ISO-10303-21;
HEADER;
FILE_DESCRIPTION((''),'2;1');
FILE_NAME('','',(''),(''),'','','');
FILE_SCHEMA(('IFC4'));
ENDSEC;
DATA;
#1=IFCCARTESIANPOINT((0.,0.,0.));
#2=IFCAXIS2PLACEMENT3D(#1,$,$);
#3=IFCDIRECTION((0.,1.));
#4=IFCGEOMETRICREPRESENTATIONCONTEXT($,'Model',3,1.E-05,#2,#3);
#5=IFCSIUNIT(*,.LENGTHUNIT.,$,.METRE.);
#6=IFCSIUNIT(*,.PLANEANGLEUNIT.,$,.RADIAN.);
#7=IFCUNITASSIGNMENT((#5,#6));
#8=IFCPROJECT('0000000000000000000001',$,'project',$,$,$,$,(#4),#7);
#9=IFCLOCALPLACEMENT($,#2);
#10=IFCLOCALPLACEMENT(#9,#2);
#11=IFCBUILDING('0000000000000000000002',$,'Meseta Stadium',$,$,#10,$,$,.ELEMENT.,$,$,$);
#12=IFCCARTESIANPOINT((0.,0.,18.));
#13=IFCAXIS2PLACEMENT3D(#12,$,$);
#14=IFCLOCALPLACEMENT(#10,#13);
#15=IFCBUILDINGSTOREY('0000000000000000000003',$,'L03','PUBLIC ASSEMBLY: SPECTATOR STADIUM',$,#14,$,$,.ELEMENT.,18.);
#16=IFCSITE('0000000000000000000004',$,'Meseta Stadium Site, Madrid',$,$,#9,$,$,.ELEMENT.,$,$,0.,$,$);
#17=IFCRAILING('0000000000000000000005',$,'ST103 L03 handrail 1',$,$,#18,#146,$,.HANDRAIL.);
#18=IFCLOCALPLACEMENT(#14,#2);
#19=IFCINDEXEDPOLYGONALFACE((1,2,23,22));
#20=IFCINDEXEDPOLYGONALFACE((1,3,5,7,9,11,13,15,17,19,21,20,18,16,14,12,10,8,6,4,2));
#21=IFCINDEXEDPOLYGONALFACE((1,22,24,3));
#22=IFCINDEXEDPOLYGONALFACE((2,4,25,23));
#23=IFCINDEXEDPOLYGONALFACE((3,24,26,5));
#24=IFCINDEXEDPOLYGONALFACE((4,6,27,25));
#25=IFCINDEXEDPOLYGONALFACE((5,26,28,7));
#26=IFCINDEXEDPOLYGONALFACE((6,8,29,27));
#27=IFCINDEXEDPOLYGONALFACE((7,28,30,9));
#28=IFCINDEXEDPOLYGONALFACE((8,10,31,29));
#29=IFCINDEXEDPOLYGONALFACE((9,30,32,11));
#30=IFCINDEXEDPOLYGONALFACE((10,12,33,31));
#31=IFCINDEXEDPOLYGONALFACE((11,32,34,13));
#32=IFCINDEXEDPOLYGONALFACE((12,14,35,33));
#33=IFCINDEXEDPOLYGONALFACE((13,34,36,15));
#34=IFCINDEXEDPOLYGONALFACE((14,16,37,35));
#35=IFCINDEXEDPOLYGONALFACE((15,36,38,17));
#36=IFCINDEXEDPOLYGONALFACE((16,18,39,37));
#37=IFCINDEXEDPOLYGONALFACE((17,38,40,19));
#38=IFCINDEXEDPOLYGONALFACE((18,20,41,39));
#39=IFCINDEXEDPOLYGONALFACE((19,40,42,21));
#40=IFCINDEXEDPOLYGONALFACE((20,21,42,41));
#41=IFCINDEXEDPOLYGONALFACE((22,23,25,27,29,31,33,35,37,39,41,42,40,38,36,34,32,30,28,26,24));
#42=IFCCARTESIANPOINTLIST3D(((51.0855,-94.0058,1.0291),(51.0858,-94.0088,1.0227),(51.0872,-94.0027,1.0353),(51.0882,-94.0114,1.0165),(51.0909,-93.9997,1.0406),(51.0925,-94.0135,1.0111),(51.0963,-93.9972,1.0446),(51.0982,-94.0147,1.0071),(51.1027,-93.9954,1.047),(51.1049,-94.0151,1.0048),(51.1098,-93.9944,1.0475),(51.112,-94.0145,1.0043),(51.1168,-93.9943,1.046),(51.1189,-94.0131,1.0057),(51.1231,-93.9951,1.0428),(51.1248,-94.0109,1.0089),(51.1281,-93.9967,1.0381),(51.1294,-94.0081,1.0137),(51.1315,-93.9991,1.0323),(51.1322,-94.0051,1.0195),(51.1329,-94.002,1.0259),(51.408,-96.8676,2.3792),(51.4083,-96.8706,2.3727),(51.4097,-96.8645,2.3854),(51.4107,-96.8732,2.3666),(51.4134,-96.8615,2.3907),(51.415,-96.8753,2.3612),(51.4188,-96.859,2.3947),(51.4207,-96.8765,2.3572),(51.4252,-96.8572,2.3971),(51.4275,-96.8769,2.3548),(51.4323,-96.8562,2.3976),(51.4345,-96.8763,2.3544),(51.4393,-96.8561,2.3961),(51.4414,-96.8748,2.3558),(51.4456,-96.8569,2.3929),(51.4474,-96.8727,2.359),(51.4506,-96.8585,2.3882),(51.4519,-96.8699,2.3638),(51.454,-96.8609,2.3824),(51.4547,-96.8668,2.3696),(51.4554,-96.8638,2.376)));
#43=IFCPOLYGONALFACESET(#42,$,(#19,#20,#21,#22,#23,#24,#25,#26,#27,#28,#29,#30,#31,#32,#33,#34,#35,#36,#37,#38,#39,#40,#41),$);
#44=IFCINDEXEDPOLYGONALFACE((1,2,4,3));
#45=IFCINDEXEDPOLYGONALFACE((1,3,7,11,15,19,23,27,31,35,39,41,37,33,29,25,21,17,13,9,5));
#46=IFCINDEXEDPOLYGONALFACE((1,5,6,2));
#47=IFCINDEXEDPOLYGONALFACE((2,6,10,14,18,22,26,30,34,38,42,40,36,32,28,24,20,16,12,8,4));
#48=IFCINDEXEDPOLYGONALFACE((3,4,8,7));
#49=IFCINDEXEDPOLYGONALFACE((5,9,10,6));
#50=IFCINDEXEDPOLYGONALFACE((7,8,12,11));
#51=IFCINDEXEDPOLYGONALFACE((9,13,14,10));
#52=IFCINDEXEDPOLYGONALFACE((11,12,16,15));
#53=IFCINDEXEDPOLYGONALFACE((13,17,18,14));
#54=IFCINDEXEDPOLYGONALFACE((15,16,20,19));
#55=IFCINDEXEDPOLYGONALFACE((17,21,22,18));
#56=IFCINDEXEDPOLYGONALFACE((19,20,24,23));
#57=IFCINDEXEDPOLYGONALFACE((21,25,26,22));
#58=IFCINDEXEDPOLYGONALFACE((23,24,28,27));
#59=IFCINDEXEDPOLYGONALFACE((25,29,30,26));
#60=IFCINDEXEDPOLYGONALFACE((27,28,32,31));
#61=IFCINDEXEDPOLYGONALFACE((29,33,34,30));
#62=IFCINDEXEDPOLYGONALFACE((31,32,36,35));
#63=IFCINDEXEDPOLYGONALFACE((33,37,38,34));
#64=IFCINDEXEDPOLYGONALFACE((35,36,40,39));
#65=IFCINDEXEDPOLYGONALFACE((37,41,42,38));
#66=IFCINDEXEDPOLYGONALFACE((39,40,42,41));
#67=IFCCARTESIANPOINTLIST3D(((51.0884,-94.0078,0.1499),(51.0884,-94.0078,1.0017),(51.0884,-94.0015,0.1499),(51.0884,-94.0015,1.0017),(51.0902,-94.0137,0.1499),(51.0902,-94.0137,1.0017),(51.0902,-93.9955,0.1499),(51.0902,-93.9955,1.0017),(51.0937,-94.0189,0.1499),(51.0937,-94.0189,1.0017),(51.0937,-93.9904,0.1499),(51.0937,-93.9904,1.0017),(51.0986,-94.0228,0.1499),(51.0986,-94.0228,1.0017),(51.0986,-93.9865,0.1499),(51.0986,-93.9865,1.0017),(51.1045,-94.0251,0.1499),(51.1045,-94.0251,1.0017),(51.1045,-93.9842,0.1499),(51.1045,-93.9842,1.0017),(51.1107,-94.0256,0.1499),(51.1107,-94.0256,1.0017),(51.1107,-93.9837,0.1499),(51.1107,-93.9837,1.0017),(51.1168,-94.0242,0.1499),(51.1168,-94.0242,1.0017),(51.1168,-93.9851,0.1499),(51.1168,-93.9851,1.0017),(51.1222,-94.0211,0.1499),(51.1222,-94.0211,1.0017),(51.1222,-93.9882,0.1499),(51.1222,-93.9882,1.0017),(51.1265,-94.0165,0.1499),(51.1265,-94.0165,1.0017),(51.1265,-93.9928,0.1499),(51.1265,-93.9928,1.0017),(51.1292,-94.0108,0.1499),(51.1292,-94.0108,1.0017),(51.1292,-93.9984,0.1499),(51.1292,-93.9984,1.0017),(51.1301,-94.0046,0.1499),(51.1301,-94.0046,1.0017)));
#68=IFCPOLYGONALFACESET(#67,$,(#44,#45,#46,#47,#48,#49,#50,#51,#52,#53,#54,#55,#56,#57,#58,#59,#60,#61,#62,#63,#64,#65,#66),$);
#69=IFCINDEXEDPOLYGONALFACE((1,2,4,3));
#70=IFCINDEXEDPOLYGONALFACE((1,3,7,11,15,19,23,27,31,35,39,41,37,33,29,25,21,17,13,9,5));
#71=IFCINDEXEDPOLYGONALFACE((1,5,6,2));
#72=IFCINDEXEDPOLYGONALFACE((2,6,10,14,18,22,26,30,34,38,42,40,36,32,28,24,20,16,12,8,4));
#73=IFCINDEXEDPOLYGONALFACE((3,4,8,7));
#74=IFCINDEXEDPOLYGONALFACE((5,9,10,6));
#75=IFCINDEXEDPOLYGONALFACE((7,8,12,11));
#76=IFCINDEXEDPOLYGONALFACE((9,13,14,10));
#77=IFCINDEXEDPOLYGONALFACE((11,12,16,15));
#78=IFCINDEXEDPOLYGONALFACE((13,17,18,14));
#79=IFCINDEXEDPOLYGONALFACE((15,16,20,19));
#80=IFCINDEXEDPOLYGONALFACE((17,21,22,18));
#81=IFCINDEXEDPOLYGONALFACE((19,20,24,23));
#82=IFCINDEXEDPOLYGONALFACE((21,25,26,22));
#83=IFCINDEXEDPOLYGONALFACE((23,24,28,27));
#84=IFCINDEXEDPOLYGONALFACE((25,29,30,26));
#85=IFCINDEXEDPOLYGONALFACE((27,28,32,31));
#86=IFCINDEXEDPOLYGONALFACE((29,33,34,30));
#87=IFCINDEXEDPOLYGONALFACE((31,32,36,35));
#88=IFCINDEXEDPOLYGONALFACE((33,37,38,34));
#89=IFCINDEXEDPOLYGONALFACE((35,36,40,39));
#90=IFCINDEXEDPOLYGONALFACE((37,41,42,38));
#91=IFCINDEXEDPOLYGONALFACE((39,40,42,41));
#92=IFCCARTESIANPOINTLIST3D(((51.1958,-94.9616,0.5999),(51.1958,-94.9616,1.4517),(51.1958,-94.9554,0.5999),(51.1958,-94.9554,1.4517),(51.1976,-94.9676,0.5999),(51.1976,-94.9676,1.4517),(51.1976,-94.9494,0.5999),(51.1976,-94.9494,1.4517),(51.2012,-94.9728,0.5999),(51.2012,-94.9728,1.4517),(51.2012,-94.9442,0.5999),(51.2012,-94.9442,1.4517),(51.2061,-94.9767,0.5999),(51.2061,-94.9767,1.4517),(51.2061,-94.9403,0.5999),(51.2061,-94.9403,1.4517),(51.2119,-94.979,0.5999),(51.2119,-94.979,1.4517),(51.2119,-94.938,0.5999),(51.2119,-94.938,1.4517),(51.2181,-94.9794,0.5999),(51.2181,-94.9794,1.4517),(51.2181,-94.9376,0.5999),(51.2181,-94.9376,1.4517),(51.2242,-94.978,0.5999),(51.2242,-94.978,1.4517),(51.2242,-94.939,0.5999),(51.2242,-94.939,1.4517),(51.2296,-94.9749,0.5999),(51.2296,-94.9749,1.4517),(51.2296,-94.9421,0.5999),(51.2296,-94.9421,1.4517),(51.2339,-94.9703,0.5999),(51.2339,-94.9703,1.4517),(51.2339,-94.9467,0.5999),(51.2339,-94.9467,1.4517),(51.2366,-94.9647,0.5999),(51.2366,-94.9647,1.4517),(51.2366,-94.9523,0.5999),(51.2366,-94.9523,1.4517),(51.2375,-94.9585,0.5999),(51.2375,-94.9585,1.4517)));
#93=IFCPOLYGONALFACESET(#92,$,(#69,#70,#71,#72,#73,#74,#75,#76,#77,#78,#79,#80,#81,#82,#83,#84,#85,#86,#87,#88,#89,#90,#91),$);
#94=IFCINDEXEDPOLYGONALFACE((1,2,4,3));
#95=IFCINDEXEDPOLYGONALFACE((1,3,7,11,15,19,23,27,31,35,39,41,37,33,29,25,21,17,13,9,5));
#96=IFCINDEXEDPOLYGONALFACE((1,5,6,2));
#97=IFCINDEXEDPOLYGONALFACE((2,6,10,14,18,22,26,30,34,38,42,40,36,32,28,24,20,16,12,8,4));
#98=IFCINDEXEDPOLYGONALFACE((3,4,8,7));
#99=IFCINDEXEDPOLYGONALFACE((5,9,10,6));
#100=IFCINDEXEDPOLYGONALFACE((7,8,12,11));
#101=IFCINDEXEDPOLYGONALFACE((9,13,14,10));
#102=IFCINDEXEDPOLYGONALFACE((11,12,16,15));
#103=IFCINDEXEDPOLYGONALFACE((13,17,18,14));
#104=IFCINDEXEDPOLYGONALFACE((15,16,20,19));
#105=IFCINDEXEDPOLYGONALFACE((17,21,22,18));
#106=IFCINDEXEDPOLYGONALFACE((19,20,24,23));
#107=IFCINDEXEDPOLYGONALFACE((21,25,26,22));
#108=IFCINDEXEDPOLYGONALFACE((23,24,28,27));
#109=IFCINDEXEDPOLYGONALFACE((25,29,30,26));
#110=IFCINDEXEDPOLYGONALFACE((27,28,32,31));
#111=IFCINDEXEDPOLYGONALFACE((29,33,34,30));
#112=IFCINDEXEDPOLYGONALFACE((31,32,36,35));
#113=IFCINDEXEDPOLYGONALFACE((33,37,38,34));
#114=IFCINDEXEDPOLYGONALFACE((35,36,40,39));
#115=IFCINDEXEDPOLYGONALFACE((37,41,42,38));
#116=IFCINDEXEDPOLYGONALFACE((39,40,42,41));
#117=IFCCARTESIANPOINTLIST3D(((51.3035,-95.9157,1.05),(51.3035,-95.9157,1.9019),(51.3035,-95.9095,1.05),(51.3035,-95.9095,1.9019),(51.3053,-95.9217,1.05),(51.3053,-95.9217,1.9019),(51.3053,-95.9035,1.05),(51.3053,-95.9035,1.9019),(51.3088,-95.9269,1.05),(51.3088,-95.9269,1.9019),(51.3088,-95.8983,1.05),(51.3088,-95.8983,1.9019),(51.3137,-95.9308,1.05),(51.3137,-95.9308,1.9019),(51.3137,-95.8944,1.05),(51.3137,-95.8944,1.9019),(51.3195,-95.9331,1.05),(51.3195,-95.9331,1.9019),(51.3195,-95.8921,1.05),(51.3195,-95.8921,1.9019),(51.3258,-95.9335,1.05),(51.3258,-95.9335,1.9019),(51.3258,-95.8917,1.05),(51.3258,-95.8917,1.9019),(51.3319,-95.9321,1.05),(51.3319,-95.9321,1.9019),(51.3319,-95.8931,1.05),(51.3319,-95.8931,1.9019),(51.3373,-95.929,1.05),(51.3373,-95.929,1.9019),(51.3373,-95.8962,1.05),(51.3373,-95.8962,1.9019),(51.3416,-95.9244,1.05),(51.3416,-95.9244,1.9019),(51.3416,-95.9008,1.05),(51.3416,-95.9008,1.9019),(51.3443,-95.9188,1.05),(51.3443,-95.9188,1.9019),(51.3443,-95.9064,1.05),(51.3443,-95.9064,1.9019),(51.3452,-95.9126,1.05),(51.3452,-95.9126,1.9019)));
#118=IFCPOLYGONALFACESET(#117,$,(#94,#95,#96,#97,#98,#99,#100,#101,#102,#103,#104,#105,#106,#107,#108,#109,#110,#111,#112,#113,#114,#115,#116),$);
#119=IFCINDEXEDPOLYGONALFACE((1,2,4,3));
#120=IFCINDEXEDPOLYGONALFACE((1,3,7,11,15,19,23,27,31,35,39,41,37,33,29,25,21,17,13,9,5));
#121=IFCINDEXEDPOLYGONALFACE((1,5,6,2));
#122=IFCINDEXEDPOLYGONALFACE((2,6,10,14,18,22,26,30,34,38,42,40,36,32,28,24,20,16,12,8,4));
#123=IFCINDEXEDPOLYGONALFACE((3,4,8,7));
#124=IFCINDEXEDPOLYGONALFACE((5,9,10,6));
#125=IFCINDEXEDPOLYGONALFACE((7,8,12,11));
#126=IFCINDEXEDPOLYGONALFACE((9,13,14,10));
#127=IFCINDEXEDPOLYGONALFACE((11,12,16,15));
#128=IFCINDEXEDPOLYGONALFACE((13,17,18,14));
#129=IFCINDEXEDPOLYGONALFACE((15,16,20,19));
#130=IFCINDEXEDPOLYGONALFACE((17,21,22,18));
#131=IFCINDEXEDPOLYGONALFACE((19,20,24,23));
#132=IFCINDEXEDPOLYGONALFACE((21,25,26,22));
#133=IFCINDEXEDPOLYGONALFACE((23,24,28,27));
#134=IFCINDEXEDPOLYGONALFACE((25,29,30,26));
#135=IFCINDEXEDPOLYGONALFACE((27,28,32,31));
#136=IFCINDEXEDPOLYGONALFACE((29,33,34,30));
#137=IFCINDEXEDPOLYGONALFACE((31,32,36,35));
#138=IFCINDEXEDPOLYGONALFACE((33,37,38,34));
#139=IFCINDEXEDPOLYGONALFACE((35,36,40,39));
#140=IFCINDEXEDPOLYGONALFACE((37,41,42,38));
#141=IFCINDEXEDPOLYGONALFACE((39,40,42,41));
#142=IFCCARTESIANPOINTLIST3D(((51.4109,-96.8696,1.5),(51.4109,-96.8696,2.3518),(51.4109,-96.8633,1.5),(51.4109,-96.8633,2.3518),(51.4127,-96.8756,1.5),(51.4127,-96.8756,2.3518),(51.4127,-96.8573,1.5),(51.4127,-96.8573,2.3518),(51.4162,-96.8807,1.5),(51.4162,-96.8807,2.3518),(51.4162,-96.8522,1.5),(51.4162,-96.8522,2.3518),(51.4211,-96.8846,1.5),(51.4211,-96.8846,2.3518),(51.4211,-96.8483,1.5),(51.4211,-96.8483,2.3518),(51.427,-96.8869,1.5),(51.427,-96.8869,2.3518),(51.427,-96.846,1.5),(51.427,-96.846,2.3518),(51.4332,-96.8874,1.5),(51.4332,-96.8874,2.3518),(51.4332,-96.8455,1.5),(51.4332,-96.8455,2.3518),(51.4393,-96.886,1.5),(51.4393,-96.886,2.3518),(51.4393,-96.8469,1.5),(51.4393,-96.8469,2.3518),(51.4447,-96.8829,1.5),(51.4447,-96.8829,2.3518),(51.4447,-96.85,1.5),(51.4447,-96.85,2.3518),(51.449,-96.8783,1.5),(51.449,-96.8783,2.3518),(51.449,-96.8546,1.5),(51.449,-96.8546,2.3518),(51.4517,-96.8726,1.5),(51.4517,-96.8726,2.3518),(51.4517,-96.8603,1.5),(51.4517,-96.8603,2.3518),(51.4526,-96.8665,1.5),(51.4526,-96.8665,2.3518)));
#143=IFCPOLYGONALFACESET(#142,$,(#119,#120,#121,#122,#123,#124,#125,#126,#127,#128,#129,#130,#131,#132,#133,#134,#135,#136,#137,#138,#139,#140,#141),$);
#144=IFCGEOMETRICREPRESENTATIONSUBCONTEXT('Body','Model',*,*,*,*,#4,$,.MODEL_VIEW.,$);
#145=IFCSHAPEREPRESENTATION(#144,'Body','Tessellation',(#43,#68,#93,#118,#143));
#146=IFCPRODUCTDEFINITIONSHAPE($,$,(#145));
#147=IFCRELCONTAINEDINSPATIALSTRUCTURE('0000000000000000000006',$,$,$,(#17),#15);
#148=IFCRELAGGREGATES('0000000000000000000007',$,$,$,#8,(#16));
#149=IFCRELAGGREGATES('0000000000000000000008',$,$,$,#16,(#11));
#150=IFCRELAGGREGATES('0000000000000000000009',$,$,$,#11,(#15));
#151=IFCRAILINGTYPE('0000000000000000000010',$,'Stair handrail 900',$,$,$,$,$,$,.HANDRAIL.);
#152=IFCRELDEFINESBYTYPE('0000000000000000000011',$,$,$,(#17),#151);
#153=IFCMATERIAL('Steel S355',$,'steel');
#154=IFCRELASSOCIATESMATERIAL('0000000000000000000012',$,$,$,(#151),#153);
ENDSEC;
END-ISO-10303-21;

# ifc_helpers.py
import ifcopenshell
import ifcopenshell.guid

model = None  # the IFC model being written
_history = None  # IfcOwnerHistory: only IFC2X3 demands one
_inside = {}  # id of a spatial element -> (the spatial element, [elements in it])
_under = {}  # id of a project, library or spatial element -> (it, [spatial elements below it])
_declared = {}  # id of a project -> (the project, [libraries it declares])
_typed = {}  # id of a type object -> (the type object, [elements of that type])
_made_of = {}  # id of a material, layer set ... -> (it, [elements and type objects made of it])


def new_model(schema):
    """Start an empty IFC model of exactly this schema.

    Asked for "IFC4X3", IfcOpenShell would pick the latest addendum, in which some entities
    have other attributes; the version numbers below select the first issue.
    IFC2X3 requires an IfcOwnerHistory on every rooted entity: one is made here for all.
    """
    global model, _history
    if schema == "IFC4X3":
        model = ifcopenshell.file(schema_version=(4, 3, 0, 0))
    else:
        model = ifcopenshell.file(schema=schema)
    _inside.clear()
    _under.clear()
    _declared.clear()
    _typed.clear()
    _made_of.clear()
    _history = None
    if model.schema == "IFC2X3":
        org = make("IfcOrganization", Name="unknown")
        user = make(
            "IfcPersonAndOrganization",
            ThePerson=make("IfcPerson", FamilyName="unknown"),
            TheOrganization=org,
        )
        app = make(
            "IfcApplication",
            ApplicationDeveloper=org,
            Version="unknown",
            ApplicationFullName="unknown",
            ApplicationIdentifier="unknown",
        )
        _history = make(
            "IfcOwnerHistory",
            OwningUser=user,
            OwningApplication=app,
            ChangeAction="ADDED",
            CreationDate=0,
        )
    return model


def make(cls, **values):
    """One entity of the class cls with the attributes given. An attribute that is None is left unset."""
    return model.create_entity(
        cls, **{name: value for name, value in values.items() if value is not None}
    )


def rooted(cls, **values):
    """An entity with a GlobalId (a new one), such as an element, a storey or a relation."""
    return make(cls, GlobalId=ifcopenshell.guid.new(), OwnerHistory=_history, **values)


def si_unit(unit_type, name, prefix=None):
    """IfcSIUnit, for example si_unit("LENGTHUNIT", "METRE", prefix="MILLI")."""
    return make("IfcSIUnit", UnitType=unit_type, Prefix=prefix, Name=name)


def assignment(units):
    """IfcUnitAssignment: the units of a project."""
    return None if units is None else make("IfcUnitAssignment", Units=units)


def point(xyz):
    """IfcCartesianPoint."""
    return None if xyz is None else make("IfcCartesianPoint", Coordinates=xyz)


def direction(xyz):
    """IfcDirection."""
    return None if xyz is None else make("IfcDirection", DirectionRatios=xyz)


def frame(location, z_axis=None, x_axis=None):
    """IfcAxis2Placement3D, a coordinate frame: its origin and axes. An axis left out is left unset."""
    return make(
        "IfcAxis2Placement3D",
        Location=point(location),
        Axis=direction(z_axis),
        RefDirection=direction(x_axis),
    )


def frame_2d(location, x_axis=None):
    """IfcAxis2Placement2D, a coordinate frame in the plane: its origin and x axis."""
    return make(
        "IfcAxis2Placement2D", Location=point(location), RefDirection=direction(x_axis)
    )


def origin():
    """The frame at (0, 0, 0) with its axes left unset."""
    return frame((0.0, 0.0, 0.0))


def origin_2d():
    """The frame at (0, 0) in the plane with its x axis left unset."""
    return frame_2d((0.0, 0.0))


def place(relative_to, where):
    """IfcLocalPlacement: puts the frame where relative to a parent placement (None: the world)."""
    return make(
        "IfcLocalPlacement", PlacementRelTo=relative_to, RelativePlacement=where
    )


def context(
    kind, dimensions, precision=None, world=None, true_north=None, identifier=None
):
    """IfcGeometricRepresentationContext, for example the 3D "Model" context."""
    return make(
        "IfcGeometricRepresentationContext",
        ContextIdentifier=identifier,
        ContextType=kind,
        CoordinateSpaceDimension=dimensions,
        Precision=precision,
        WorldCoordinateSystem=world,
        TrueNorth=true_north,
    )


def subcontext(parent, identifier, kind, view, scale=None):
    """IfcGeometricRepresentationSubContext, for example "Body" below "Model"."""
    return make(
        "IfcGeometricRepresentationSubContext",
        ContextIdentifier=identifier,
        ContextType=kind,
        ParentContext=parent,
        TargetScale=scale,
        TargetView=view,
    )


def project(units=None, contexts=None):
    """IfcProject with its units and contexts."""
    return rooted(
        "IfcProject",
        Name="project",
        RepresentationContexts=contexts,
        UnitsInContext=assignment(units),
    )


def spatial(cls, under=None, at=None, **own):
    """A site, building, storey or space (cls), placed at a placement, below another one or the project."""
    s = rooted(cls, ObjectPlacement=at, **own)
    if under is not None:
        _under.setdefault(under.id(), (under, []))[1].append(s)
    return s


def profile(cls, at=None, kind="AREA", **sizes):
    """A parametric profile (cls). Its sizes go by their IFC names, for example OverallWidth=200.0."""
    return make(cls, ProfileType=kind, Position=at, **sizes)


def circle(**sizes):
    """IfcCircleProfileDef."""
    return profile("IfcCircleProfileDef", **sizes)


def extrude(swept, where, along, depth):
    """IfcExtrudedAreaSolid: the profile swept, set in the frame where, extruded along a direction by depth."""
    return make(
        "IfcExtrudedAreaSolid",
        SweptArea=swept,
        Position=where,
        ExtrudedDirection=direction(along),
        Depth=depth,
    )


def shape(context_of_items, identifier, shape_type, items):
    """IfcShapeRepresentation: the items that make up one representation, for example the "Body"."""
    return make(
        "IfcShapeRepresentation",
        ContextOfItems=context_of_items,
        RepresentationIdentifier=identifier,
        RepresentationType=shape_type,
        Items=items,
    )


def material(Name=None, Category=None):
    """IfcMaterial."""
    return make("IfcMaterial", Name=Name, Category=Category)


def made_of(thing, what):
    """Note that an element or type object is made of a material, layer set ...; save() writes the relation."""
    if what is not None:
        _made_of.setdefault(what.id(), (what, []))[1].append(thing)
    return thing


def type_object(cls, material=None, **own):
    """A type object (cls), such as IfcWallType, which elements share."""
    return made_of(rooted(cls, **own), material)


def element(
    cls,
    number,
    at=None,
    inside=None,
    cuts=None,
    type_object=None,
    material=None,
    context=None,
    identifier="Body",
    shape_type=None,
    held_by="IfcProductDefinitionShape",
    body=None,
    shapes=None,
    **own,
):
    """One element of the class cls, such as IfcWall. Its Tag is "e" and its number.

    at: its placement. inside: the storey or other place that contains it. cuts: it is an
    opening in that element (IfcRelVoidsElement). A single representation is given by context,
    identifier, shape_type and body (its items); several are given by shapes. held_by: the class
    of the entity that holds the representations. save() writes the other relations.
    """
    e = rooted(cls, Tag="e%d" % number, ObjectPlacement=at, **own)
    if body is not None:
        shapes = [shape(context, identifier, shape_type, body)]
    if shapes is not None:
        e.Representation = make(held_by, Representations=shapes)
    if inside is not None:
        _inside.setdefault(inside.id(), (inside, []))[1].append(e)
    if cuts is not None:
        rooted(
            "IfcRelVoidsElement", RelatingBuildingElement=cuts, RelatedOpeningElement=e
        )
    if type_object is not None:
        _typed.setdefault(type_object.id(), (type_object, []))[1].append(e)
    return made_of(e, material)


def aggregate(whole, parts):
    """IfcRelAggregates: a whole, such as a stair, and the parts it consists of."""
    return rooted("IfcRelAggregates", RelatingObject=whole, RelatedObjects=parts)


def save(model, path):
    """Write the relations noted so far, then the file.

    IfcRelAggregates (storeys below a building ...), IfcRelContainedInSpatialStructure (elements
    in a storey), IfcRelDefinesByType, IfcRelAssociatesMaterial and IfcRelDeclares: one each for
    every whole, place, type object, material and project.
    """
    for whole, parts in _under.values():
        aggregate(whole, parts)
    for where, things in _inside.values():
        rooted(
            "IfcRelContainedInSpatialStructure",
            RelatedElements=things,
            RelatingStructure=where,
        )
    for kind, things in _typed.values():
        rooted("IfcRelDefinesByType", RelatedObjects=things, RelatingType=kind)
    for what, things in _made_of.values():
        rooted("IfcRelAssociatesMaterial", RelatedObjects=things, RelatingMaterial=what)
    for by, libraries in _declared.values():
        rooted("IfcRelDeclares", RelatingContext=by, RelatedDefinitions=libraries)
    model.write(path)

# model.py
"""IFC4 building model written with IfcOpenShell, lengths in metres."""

from ifc_helpers import new_model, si_unit, direction, frame, origin, origin_2d, place, context, subcontext, project, spatial, circle, extrude, material, type_object, element, save


model = new_model("IFC4")

# Units and contexts
model_context = context("Model", 3, precision=1e-05, world=origin(), true_north=direction((0.0, 1.0)))
body_context = subcontext(model_context, "Body", "Model", "MODEL_VIEW")
ifc_project = project(units=[si_unit("LENGTHUNIT", "METRE"), si_unit("PLANEANGLEUNIT", "RADIAN")], contexts=[model_context])

# Site, building, storey
site_placement = place(None, origin())
site = spatial("IfcSite", under=ifc_project, at=site_placement, Name="Meseta Stadium Site, Madrid", CompositionType="ELEMENT", RefElevation=0.0)
building_placement = place(site_placement, origin())
building = spatial("IfcBuilding", under=site, at=building_placement, Name="Meseta Stadium", CompositionType="ELEMENT")
storey_placement = place(building_placement, frame((0.0, 0.0, 18.0)))
storey = spatial("IfcBuildingStorey", under=building, at=storey_placement, Name="L03", Description="PUBLIC ASSEMBLY: SPECTATOR STADIUM", CompositionType="ELEMENT", Elevation=18.0)

# Railing
ifc_material_1 = material(Name="Steel S355", Category="steel")
railing_type_1 = type_object("IfcRailingType", Name="Stair handrail 900", PredefinedType="HANDRAIL", material=ifc_material_1)
for number, where, name in (
    (1, (51.1091, -94.0046, 0.1499), "ST103 L03 handrail 1"),
):
    element("IfcRailing", number, at=place(storey_placement, frame(where)), inside=storey, type_object=railing_type_1, Name=name, PredefinedType="HANDRAIL", context=body_context, shape_type="SweptSolid", body=[
        extrude(circle(Radius=0.0239, at=origin_2d()), frame((0.0, 0.0, 0.876), z_axis=(0.101396, -0.899748, 0.424467), x_axis=(0.99371, 0.111985, 0.0)), (0.0, 0.0, 1.0), 3.1807),
        extrude(circle(Radius=0.021, at=origin_2d()), origin(), (0.0, 0.0, 1.0), 0.8518),
        extrude(circle(Radius=0.021, at=origin_2d()), frame((0.1074, -0.9539, 0.45)), (0.0, 0.0, 1.0), 0.8518),
        extrude(circle(Radius=0.021, at=origin_2d()), frame((0.2151, -1.908, 0.9001)), (0.0, 0.0, 1.0), 0.8518),
        extrude(circle(Radius=0.021, at=origin_2d()), frame((0.3225, -2.8618, 1.3501)), (0.0, 0.0, 1.0), 0.8518),
    ])

save(model, "model.ifc")
